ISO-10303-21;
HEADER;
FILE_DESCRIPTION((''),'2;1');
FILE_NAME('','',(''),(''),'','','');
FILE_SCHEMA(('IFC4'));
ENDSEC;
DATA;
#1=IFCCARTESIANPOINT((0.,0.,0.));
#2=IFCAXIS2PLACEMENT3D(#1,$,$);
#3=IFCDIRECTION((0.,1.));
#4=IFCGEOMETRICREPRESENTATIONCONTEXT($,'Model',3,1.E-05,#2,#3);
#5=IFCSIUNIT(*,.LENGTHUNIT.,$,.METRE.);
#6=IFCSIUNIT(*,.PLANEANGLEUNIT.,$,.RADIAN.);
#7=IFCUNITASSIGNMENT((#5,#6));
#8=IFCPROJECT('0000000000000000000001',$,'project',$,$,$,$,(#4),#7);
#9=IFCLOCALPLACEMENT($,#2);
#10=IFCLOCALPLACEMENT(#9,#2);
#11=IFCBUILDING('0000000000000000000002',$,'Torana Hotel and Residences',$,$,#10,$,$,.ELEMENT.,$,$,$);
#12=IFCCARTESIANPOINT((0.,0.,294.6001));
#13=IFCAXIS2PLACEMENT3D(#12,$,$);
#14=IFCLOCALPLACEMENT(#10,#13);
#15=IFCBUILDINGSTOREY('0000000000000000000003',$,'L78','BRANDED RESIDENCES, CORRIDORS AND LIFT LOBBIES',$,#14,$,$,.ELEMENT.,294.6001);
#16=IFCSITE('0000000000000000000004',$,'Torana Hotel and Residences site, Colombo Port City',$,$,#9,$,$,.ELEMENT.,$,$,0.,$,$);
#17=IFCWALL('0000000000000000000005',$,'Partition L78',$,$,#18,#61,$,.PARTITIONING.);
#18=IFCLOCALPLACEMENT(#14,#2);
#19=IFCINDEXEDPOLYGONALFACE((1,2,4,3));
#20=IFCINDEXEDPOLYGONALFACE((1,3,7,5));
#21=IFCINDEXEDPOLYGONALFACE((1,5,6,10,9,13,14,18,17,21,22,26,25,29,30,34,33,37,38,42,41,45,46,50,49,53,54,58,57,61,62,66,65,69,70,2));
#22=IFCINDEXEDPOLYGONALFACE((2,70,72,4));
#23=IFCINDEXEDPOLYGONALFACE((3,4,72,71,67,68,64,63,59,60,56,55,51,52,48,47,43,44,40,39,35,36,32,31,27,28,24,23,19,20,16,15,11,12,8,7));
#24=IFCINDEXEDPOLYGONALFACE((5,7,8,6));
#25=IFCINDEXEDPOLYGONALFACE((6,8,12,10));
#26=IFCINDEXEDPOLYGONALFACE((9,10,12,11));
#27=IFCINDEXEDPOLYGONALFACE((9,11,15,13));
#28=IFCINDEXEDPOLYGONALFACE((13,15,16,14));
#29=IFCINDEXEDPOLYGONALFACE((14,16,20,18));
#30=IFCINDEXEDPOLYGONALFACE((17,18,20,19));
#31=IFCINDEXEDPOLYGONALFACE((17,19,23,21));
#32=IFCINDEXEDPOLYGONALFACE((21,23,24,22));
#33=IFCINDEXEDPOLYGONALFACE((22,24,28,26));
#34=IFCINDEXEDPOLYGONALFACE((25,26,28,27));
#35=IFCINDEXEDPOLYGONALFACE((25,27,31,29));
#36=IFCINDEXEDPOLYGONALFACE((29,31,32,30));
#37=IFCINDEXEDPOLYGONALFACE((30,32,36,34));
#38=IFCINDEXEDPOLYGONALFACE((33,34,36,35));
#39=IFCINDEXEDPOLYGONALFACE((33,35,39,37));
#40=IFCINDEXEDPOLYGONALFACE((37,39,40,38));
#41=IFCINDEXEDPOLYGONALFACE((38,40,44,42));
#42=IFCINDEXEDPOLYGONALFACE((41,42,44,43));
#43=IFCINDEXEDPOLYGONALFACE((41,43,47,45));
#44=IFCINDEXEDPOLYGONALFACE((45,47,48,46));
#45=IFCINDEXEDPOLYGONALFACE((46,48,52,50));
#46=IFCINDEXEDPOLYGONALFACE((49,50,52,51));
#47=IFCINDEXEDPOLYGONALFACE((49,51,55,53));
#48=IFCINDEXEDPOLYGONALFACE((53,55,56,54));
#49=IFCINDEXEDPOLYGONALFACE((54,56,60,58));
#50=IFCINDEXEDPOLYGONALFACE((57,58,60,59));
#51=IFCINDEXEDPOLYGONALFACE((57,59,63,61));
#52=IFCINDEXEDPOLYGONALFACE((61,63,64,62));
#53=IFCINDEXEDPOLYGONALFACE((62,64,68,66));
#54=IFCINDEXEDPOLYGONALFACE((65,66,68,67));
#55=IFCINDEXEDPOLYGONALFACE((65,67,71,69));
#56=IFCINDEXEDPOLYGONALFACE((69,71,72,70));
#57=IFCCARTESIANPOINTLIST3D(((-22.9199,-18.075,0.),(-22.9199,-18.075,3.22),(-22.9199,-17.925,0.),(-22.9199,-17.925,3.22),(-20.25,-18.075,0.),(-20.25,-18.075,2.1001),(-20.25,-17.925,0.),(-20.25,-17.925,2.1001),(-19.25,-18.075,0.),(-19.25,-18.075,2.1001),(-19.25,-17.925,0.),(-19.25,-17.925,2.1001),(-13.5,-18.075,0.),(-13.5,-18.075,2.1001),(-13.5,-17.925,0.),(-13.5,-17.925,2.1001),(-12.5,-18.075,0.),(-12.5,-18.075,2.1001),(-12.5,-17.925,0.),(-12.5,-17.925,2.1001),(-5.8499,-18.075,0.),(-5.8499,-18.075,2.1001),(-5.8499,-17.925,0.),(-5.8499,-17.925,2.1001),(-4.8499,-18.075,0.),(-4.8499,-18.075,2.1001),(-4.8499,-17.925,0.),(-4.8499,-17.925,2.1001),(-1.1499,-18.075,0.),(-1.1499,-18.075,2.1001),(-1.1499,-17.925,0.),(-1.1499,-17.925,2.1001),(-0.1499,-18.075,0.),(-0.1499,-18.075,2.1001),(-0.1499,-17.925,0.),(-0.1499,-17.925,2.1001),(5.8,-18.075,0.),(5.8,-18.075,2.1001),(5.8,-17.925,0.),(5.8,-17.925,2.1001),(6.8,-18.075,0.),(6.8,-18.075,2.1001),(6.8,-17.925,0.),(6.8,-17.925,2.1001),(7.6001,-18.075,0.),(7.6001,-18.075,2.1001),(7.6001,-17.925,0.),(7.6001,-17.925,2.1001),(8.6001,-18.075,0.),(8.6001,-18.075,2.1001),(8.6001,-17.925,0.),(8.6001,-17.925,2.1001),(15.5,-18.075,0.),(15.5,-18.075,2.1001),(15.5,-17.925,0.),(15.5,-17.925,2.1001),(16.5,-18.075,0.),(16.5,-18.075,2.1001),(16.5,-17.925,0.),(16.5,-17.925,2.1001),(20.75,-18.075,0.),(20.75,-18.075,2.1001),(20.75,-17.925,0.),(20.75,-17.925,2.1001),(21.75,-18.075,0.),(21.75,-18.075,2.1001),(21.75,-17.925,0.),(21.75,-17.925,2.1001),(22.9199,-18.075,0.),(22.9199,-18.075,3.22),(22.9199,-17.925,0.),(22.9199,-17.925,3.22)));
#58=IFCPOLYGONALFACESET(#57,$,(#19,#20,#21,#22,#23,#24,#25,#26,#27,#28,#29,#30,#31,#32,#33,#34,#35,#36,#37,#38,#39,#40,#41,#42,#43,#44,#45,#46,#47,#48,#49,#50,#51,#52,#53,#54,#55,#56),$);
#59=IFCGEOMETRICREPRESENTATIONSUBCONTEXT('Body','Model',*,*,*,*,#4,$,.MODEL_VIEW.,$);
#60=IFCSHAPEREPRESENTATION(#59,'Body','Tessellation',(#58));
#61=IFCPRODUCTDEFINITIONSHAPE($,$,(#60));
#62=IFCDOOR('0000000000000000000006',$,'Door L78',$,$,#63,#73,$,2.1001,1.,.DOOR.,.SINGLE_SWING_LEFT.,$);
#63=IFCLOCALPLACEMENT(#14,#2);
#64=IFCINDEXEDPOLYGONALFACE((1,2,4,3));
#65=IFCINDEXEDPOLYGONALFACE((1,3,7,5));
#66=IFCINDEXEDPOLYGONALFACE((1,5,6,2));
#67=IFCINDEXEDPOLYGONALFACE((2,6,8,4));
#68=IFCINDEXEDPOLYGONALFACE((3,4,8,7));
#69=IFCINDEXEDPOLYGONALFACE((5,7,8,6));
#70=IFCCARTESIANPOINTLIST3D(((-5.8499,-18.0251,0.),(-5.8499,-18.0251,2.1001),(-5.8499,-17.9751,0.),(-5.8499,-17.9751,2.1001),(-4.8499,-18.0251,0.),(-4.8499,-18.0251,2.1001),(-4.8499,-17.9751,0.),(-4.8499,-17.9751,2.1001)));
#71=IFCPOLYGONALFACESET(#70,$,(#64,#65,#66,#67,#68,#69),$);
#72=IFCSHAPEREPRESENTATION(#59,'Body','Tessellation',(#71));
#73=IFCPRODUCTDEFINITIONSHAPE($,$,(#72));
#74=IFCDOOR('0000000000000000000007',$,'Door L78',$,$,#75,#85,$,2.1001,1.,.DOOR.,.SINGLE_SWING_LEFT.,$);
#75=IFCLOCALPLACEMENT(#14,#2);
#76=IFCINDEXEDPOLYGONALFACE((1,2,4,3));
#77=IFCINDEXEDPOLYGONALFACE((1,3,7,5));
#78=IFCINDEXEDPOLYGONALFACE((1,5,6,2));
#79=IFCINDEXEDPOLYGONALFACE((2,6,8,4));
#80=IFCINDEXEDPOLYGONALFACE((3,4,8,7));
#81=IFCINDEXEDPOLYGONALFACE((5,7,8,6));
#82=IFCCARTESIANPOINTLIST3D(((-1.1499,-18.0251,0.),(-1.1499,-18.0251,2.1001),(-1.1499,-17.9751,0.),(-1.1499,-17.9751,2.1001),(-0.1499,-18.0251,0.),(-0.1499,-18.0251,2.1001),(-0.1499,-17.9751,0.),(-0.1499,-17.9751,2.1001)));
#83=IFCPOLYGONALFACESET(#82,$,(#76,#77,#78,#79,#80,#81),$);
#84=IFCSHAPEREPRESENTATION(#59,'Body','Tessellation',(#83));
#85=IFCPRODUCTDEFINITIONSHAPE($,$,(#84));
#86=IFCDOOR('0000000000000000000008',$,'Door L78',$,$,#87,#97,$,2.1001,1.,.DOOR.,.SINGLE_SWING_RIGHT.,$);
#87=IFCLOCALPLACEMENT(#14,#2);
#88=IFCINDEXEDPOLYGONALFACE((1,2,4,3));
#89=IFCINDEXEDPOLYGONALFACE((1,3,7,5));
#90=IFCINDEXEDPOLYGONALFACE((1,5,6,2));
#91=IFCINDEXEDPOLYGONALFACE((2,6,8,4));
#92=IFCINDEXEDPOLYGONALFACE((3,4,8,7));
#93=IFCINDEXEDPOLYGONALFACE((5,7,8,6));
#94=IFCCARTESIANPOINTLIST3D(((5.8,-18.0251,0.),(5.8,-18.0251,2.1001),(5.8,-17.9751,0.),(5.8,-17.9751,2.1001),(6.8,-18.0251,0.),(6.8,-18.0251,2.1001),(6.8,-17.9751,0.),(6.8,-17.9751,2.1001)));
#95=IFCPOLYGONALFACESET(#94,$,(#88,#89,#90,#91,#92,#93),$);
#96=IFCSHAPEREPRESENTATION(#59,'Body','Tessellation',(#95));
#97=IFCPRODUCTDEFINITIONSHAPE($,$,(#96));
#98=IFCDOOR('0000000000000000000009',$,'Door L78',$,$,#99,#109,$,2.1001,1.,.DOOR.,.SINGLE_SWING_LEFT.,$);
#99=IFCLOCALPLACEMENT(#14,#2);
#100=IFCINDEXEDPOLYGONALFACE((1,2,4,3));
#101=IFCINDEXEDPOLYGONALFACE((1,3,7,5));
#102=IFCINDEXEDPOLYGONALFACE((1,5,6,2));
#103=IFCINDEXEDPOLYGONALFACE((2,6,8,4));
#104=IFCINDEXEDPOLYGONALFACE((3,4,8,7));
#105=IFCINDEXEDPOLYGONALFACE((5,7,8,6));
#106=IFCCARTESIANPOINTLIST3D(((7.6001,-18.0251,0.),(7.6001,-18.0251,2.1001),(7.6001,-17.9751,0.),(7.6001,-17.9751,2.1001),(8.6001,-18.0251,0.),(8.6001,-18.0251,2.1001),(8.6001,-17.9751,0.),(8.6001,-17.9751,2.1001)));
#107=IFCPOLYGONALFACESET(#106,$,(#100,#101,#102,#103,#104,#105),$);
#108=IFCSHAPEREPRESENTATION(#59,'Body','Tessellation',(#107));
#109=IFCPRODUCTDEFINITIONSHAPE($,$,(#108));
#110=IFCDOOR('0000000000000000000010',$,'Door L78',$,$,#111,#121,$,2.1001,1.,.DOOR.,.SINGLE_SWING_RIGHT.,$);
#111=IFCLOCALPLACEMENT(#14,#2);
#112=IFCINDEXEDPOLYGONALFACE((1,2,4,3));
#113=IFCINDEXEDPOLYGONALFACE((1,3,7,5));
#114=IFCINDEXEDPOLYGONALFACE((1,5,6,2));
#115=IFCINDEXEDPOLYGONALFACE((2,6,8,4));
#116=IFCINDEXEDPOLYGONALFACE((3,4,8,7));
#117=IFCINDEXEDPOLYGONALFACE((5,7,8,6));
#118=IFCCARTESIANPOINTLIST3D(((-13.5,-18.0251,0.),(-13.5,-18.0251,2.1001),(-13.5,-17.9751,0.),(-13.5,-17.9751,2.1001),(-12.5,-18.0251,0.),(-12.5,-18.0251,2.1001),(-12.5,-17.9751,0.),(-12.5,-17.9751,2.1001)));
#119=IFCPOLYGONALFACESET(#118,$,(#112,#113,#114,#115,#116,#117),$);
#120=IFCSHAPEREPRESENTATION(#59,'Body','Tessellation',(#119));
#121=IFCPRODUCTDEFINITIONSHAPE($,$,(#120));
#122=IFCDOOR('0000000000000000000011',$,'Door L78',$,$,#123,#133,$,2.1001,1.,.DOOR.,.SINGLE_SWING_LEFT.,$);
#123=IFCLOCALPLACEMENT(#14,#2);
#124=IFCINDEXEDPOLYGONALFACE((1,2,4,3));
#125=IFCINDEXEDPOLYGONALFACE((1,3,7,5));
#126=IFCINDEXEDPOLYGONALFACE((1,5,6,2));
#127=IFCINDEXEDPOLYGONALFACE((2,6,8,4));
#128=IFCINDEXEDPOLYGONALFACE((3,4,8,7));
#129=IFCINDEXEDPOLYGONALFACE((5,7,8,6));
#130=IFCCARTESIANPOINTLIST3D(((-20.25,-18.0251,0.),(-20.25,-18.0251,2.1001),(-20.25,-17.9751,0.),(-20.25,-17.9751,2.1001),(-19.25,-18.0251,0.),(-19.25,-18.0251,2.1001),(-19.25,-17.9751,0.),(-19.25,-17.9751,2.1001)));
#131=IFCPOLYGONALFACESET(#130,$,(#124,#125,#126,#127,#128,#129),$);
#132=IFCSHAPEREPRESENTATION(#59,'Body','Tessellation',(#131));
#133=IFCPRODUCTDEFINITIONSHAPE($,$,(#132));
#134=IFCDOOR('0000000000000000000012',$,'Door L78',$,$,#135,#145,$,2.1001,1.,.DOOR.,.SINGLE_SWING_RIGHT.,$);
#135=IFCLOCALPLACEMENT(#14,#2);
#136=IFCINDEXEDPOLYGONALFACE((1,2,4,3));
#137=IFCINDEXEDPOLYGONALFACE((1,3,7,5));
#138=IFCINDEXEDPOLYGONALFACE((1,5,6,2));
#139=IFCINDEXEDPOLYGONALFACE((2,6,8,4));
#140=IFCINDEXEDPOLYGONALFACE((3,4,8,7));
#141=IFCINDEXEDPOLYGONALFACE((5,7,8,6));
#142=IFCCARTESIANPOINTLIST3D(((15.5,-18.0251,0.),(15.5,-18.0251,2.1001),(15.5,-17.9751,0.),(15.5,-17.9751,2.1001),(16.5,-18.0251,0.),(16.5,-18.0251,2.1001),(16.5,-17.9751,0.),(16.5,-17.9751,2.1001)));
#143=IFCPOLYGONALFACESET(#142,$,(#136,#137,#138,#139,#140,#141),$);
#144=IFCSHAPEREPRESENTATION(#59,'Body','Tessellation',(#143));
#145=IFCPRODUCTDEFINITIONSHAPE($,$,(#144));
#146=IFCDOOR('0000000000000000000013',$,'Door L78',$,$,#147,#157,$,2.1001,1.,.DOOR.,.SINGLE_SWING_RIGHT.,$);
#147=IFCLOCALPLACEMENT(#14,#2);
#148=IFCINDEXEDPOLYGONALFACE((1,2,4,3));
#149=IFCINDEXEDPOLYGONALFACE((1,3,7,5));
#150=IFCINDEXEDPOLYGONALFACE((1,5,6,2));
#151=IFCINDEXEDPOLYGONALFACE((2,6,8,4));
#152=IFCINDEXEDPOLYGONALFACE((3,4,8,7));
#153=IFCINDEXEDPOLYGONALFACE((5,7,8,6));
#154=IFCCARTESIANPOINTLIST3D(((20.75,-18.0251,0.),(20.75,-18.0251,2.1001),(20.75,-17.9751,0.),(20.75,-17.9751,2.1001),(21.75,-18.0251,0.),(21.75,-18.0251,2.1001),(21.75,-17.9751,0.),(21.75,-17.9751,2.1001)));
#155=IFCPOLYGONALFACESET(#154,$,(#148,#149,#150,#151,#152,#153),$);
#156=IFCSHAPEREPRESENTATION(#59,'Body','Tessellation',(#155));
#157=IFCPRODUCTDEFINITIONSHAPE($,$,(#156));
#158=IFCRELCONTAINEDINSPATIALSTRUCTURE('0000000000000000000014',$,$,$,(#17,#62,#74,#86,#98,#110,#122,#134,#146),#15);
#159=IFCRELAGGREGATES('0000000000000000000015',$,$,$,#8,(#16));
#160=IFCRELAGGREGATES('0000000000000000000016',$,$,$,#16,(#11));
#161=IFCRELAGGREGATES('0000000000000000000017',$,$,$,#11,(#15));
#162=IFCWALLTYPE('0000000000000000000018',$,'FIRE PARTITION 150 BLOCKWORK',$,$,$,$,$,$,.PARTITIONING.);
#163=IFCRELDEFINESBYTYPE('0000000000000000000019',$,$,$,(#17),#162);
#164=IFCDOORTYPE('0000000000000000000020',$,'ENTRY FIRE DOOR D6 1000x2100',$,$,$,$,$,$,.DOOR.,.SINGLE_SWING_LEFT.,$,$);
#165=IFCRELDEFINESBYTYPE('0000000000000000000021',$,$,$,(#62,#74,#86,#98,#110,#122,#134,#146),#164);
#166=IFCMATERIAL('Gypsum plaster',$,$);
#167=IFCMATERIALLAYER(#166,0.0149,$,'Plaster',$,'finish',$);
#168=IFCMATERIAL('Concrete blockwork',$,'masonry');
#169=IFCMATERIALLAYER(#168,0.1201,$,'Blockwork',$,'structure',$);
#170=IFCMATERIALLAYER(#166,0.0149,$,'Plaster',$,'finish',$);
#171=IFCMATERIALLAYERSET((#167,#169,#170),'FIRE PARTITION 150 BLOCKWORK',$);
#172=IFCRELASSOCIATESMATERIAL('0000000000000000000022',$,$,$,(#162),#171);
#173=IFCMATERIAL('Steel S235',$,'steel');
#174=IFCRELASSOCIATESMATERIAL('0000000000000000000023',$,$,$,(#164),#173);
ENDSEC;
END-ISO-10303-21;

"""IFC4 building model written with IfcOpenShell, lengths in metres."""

from ifc_helpers import new_model, si_unit, direction, frame, frame_2d, origin, place, context, subcontext, project, spatial, rectangle, extrude, material, layer, layer_set, type_object, element, fill, save


model = new_model("IFC4")

# Units and contexts
model_context = context("Model", 3, precision=1e-05, world=origin(), true_north=direction((0.0, 1.0)))
body_context = subcontext(model_context, "Body", "Model", "MODEL_VIEW")
ifc_project = project(units=[si_unit("LENGTHUNIT", "METRE"), si_unit("PLANEANGLEUNIT", "RADIAN")], contexts=[model_context])

# Site, building, storey
site_placement = place(None, origin())
site = spatial("IfcSite", under=ifc_project, at=site_placement, Name="Torana Hotel and Residences site, Colombo Port City", CompositionType="ELEMENT", RefElevation=0.0)
building_placement = place(site_placement, origin())
building = spatial("IfcBuilding", under=site, at=building_placement, Name="Torana Hotel and Residences", CompositionType="ELEMENT")
storey_placement = place(building_placement, frame((0.0, 0.0, 294.6001)))
storey = spatial("IfcBuildingStorey", under=building, at=storey_placement, Name="L78", Description="BRANDED RESIDENCES, CORRIDORS AND LIFT LOBBIES", CompositionType="ELEMENT", Elevation=294.6001)

# Wall, openings, doors
ifc_material_1 = material(Name="Gypsum plaster")
ifc_layer_1 = layer(ifc_material_1, 0.0149, Name="Plaster", Category="finish")
ifc_material_2 = material(Name="Concrete blockwork", Category="masonry")
ifc_layer_2 = layer(ifc_material_2, 0.1201, Name="Blockwork", Category="structure")
ifc_layer_3 = layer(ifc_material_1, 0.0149, Name="Plaster", Category="finish")
ifc_layer_set_1 = layer_set([ifc_layer_1, ifc_layer_2, ifc_layer_3], Name="FIRE PARTITION 150 BLOCKWORK")
wall_type_1 = type_object("IfcWallType", Name="FIRE PARTITION 150 BLOCKWORK", PredefinedType="PARTITIONING", material=ifc_layer_set_1)
wall_1_placement = place(storey_placement, frame((-22.9199, -18.0, 0.0), z_axis=(0.0, 0.0, 1.0), x_axis=(1.0, 0.0, 0.0)))
wall_1 = element("IfcWall", 1, at=wall_1_placement, inside=storey, type_object=wall_type_1, Name="Partition L78", PredefinedType="PARTITIONING", context=body_context, shape_type="SweptSolid", body=[
    extrude(rectangle(XDim=45.8398, YDim=0.1499, at=frame_2d((22.9199, 0.0))), origin(), (0.0, 0.0, 1.0), 3.22),
])
opening_1_placement = place(wall_1_placement, frame((17.0701, 0.0, 0.0)))
opening_1 = element("IfcOpeningElement", 2, at=opening_1_placement, cuts=wall_1, PredefinedType="OPENING", context=body_context, shape_type="SweptSolid", body=[
    extrude(rectangle(XDim=1.0, YDim=2.1001, at=frame_2d((0.5, 1.05))), frame((0.0, 0.085, 0.0), z_axis=(0.0, -1.0, 0.0), x_axis=(1.0, 0.0, 0.0)), (0.0, 0.0, 1.0), 0.1699),
])
opening_2_placement = place(wall_1_placement, frame((21.77, 0.0, 0.0)))
opening_2 = element("IfcOpeningElement", 3, at=opening_2_placement, cuts=wall_1, PredefinedType="OPENING", context=body_context, shape_type="SweptSolid", body=[
    extrude(rectangle(XDim=1.0, YDim=2.1001, at=frame_2d((0.5, 1.05))), frame((0.0, 0.085, 0.0), z_axis=(0.0, -1.0, 0.0), x_axis=(1.0, 0.0, 0.0)), (0.0, 0.0, 1.0), 0.1699),
])
opening_3_placement = place(wall_1_placement, frame((28.72, 0.0, 0.0)))
opening_3 = element("IfcOpeningElement", 4, at=opening_3_placement, cuts=wall_1, PredefinedType="OPENING", context=body_context, shape_type="SweptSolid", body=[
    extrude(rectangle(XDim=1.0, YDim=2.1001, at=frame_2d((0.5, 1.05))), frame((0.0, 0.085, 0.0), z_axis=(0.0, -1.0, 0.0), x_axis=(1.0, 0.0, 0.0)), (0.0, 0.0, 1.0), 0.1699),
])
opening_4_placement = place(wall_1_placement, frame((30.52, 0.0, 0.0)))
opening_4 = element("IfcOpeningElement", 5, at=opening_4_placement, cuts=wall_1, PredefinedType="OPENING", context=body_context, shape_type="SweptSolid", body=[
    extrude(rectangle(XDim=1.0, YDim=2.1001, at=frame_2d((0.5, 1.05))), frame((0.0, 0.085, 0.0), z_axis=(0.0, -1.0, 0.0), x_axis=(1.0, 0.0, 0.0)), (0.0, 0.0, 1.0), 0.1699),
])
opening_5_placement = place(wall_1_placement, frame((9.4199, 0.0, 0.0)))
opening_5 = element("IfcOpeningElement", 6, at=opening_5_placement, cuts=wall_1, PredefinedType="OPENING", context=body_context, shape_type="SweptSolid", body=[
    extrude(rectangle(XDim=1.0, YDim=2.1001, at=frame_2d((0.5, 1.05))), frame((0.0, 0.085, 0.0), z_axis=(0.0, -1.0, 0.0), x_axis=(1.0, 0.0, 0.0)), (0.0, 0.0, 1.0), 0.1699),
])
opening_6_placement = place(wall_1_placement, frame((2.6699, 0.0, 0.0)))
opening_6 = element("IfcOpeningElement", 7, at=opening_6_placement, cuts=wall_1, PredefinedType="OPENING", context=body_context, shape_type="SweptSolid", body=[
    extrude(rectangle(XDim=1.0, YDim=2.1001, at=frame_2d((0.5, 1.05))), frame((0.0, 0.085, 0.0), z_axis=(0.0, -1.0, 0.0), x_axis=(1.0, 0.0, 0.0)), (0.0, 0.0, 1.0), 0.1699),
])
opening_7_placement = place(wall_1_placement, frame((38.4199, 0.0, 0.0)))
opening_7 = element("IfcOpeningElement", 8, at=opening_7_placement, cuts=wall_1, PredefinedType="OPENING", context=body_context, shape_type="SweptSolid", body=[
    extrude(rectangle(XDim=1.0, YDim=2.1001, at=frame_2d((0.5, 1.05))), frame((0.0, 0.085, 0.0), z_axis=(0.0, -1.0, 0.0), x_axis=(1.0, 0.0, 0.0)), (0.0, 0.0, 1.0), 0.1699),
])
opening_8_placement = place(wall_1_placement, frame((43.6699, 0.0, 0.0)))
opening_8 = element("IfcOpeningElement", 9, at=opening_8_placement, cuts=wall_1, PredefinedType="OPENING", context=body_context, shape_type="SweptSolid", body=[
    extrude(rectangle(XDim=1.0, YDim=2.1001, at=frame_2d((0.5, 1.05))), frame((0.0, 0.085, 0.0), z_axis=(0.0, -1.0, 0.0), x_axis=(1.0, 0.0, 0.0)), (0.0, 0.0, 1.0), 0.1699),
])
ifc_material_3 = material(Name="Steel S235", Category="steel")
door_type_1 = type_object("IfcDoorType", Name="ENTRY FIRE DOOR D6 1000x2100", OperationType="SINGLE_SWING_LEFT", PredefinedType="DOOR", material=ifc_material_3)
door_1_placement = place(opening_1_placement, frame((0.5, 0.0, 0.0), z_axis=(0.0, 0.0, 1.0), x_axis=(-1.0, 0.0, 0.0)))
door_1 = element("IfcDoor", 10, at=door_1_placement, inside=storey, type_object=door_type_1, Name="Door L78", OperationType="SINGLE_SWING_LEFT", OverallHeight=2.1001, OverallWidth=1.0, PredefinedType="DOOR", context=body_context, shape_type="SweptSolid", body=[
    extrude(rectangle(XDim=1.0, YDim=2.1001, at=frame_2d((0.0, 1.05))), frame((0.0, -0.0249, 0.0), z_axis=(0.0, 1.0, 0.0), x_axis=(-1.0, 0.0, 0.0)), (0.0, 0.0, 1.0), 0.05),
])
fill(opening_1, door_1)
door_2_placement = place(opening_2_placement, frame((0.5, 0.0, 0.0), z_axis=(0.0, 0.0, 1.0), x_axis=(-1.0, 0.0, 0.0)))
door_2 = element("IfcDoor", 11, at=door_2_placement, inside=storey, type_object=door_type_1, Name="Door L78", OperationType="SINGLE_SWING_LEFT", OverallHeight=2.1001, OverallWidth=1.0, PredefinedType="DOOR", context=body_context, shape_type="SweptSolid", body=[
    extrude(rectangle(XDim=1.0, YDim=2.1001, at=frame_2d((0.0, 1.05))), frame((0.0, -0.0249, 0.0), z_axis=(0.0, 1.0, 0.0), x_axis=(-1.0, 0.0, 0.0)), (0.0, 0.0, 1.0), 0.05),
])
fill(opening_2, door_2)
door_3_placement = place(opening_3_placement, origin())
door_3 = element("IfcDoor", 12, at=door_3_placement, inside=storey, type_object=door_type_1, Name="Door L78", OperationType="SINGLE_SWING_RIGHT", OverallHeight=2.1001, OverallWidth=1.0, PredefinedType="DOOR", context=body_context, shape_type="SweptSolid", body=[
    extrude(rectangle(XDim=1.0, YDim=2.1001, at=frame_2d((0.5, 1.05))), frame((0.0, 0.0249, 0.0), z_axis=(0.0, -1.0, 0.0), x_axis=(1.0, 0.0, 0.0)), (0.0, 0.0, 1.0), 0.05),
])
fill(opening_3, door_3)
door_4_placement = place(opening_4_placement, frame((0.5, 0.0, 0.0), z_axis=(0.0, 0.0, 1.0), x_axis=(-1.0, 0.0, 0.0)))
door_4 = element("IfcDoor", 13, at=door_4_placement, inside=storey, type_object=door_type_1, Name="Door L78", OperationType="SINGLE_SWING_LEFT", OverallHeight=2.1001, OverallWidth=1.0, PredefinedType="DOOR", context=body_context, shape_type="SweptSolid", body=[
    extrude(rectangle(XDim=1.0, YDim=2.1001, at=frame_2d((0.0, 1.05))), frame((0.0, -0.0249, 0.0), z_axis=(0.0, 1.0, 0.0), x_axis=(-1.0, 0.0, 0.0)), (0.0, 0.0, 1.0), 0.05),
])
fill(opening_4, door_4)
door_5_placement = place(opening_5_placement, origin())
door_5 = element("IfcDoor", 14, at=door_5_placement, inside=storey, type_object=door_type_1, Name="Door L78", OperationType="SINGLE_SWING_RIGHT", OverallHeight=2.1001, OverallWidth=1.0, PredefinedType="DOOR", context=body_context, shape_type="SweptSolid", body=[
    extrude(rectangle(XDim=1.0, YDim=2.1001, at=frame_2d((0.5, 1.05))), frame((0.0, 0.0249, 0.0), z_axis=(0.0, -1.0, 0.0), x_axis=(1.0, 0.0, 0.0)), (0.0, 0.0, 1.0), 0.05),
])
fill(opening_5, door_5)
door_6_placement = place(opening_6_placement, frame((0.5, 0.0, 0.0), z_axis=(0.0, 0.0, 1.0), x_axis=(-1.0, 0.0, 0.0)))
door_6 = element("IfcDoor", 15, at=door_6_placement, inside=storey, type_object=door_type_1, Name="Door L78", OperationType="SINGLE_SWING_LEFT", OverallHeight=2.1001, OverallWidth=1.0, PredefinedType="DOOR", context=body_context, shape_type="SweptSolid", body=[
    extrude(rectangle(XDim=1.0, YDim=2.1001, at=frame_2d((0.0, 1.05))), frame((0.0, -0.0249, 0.0), z_axis=(0.0, 1.0, 0.0), x_axis=(-1.0, 0.0, 0.0)), (0.0, 0.0, 1.0), 0.05),
])
fill(opening_6, door_6)
door_7_placement = place(opening_7_placement, origin())
door_7 = element("IfcDoor", 16, at=door_7_placement, inside=storey, type_object=door_type_1, Name="Door L78", OperationType="SINGLE_SWING_RIGHT", OverallHeight=2.1001, OverallWidth=1.0, PredefinedType="DOOR", context=body_context, shape_type="SweptSolid", body=[
    extrude(rectangle(XDim=1.0, YDim=2.1001, at=frame_2d((0.5, 1.05))), frame((0.0, 0.0249, 0.0), z_axis=(0.0, -1.0, 0.0), x_axis=(1.0, 0.0, 0.0)), (0.0, 0.0, 1.0), 0.05),
])
fill(opening_7, door_7)
door_8_placement = place(opening_8_placement, frame((0.5, 0.0, 0.0), z_axis=(0.0, 0.0, 1.0), x_axis=(-1.0, 0.0, 0.0)))
door_8 = element("IfcDoor", 17, at=door_8_placement, inside=storey, type_object=door_type_1, Name="Door L78", OperationType="SINGLE_SWING_RIGHT", OverallHeight=2.1001, OverallWidth=1.0, PredefinedType="DOOR", context=body_context, shape_type="SweptSolid", body=[
    extrude(rectangle(XDim=1.0, YDim=2.1001, at=frame_2d((0.0, 1.05))), frame((0.0, -0.0249, 0.0), z_axis=(0.0, 1.0, 0.0), x_axis=(-1.0, 0.0, 0.0)), (0.0, 0.0, 1.0), 0.05),
])
fill(opening_8, door_8)

save(model, "model.ifc")
